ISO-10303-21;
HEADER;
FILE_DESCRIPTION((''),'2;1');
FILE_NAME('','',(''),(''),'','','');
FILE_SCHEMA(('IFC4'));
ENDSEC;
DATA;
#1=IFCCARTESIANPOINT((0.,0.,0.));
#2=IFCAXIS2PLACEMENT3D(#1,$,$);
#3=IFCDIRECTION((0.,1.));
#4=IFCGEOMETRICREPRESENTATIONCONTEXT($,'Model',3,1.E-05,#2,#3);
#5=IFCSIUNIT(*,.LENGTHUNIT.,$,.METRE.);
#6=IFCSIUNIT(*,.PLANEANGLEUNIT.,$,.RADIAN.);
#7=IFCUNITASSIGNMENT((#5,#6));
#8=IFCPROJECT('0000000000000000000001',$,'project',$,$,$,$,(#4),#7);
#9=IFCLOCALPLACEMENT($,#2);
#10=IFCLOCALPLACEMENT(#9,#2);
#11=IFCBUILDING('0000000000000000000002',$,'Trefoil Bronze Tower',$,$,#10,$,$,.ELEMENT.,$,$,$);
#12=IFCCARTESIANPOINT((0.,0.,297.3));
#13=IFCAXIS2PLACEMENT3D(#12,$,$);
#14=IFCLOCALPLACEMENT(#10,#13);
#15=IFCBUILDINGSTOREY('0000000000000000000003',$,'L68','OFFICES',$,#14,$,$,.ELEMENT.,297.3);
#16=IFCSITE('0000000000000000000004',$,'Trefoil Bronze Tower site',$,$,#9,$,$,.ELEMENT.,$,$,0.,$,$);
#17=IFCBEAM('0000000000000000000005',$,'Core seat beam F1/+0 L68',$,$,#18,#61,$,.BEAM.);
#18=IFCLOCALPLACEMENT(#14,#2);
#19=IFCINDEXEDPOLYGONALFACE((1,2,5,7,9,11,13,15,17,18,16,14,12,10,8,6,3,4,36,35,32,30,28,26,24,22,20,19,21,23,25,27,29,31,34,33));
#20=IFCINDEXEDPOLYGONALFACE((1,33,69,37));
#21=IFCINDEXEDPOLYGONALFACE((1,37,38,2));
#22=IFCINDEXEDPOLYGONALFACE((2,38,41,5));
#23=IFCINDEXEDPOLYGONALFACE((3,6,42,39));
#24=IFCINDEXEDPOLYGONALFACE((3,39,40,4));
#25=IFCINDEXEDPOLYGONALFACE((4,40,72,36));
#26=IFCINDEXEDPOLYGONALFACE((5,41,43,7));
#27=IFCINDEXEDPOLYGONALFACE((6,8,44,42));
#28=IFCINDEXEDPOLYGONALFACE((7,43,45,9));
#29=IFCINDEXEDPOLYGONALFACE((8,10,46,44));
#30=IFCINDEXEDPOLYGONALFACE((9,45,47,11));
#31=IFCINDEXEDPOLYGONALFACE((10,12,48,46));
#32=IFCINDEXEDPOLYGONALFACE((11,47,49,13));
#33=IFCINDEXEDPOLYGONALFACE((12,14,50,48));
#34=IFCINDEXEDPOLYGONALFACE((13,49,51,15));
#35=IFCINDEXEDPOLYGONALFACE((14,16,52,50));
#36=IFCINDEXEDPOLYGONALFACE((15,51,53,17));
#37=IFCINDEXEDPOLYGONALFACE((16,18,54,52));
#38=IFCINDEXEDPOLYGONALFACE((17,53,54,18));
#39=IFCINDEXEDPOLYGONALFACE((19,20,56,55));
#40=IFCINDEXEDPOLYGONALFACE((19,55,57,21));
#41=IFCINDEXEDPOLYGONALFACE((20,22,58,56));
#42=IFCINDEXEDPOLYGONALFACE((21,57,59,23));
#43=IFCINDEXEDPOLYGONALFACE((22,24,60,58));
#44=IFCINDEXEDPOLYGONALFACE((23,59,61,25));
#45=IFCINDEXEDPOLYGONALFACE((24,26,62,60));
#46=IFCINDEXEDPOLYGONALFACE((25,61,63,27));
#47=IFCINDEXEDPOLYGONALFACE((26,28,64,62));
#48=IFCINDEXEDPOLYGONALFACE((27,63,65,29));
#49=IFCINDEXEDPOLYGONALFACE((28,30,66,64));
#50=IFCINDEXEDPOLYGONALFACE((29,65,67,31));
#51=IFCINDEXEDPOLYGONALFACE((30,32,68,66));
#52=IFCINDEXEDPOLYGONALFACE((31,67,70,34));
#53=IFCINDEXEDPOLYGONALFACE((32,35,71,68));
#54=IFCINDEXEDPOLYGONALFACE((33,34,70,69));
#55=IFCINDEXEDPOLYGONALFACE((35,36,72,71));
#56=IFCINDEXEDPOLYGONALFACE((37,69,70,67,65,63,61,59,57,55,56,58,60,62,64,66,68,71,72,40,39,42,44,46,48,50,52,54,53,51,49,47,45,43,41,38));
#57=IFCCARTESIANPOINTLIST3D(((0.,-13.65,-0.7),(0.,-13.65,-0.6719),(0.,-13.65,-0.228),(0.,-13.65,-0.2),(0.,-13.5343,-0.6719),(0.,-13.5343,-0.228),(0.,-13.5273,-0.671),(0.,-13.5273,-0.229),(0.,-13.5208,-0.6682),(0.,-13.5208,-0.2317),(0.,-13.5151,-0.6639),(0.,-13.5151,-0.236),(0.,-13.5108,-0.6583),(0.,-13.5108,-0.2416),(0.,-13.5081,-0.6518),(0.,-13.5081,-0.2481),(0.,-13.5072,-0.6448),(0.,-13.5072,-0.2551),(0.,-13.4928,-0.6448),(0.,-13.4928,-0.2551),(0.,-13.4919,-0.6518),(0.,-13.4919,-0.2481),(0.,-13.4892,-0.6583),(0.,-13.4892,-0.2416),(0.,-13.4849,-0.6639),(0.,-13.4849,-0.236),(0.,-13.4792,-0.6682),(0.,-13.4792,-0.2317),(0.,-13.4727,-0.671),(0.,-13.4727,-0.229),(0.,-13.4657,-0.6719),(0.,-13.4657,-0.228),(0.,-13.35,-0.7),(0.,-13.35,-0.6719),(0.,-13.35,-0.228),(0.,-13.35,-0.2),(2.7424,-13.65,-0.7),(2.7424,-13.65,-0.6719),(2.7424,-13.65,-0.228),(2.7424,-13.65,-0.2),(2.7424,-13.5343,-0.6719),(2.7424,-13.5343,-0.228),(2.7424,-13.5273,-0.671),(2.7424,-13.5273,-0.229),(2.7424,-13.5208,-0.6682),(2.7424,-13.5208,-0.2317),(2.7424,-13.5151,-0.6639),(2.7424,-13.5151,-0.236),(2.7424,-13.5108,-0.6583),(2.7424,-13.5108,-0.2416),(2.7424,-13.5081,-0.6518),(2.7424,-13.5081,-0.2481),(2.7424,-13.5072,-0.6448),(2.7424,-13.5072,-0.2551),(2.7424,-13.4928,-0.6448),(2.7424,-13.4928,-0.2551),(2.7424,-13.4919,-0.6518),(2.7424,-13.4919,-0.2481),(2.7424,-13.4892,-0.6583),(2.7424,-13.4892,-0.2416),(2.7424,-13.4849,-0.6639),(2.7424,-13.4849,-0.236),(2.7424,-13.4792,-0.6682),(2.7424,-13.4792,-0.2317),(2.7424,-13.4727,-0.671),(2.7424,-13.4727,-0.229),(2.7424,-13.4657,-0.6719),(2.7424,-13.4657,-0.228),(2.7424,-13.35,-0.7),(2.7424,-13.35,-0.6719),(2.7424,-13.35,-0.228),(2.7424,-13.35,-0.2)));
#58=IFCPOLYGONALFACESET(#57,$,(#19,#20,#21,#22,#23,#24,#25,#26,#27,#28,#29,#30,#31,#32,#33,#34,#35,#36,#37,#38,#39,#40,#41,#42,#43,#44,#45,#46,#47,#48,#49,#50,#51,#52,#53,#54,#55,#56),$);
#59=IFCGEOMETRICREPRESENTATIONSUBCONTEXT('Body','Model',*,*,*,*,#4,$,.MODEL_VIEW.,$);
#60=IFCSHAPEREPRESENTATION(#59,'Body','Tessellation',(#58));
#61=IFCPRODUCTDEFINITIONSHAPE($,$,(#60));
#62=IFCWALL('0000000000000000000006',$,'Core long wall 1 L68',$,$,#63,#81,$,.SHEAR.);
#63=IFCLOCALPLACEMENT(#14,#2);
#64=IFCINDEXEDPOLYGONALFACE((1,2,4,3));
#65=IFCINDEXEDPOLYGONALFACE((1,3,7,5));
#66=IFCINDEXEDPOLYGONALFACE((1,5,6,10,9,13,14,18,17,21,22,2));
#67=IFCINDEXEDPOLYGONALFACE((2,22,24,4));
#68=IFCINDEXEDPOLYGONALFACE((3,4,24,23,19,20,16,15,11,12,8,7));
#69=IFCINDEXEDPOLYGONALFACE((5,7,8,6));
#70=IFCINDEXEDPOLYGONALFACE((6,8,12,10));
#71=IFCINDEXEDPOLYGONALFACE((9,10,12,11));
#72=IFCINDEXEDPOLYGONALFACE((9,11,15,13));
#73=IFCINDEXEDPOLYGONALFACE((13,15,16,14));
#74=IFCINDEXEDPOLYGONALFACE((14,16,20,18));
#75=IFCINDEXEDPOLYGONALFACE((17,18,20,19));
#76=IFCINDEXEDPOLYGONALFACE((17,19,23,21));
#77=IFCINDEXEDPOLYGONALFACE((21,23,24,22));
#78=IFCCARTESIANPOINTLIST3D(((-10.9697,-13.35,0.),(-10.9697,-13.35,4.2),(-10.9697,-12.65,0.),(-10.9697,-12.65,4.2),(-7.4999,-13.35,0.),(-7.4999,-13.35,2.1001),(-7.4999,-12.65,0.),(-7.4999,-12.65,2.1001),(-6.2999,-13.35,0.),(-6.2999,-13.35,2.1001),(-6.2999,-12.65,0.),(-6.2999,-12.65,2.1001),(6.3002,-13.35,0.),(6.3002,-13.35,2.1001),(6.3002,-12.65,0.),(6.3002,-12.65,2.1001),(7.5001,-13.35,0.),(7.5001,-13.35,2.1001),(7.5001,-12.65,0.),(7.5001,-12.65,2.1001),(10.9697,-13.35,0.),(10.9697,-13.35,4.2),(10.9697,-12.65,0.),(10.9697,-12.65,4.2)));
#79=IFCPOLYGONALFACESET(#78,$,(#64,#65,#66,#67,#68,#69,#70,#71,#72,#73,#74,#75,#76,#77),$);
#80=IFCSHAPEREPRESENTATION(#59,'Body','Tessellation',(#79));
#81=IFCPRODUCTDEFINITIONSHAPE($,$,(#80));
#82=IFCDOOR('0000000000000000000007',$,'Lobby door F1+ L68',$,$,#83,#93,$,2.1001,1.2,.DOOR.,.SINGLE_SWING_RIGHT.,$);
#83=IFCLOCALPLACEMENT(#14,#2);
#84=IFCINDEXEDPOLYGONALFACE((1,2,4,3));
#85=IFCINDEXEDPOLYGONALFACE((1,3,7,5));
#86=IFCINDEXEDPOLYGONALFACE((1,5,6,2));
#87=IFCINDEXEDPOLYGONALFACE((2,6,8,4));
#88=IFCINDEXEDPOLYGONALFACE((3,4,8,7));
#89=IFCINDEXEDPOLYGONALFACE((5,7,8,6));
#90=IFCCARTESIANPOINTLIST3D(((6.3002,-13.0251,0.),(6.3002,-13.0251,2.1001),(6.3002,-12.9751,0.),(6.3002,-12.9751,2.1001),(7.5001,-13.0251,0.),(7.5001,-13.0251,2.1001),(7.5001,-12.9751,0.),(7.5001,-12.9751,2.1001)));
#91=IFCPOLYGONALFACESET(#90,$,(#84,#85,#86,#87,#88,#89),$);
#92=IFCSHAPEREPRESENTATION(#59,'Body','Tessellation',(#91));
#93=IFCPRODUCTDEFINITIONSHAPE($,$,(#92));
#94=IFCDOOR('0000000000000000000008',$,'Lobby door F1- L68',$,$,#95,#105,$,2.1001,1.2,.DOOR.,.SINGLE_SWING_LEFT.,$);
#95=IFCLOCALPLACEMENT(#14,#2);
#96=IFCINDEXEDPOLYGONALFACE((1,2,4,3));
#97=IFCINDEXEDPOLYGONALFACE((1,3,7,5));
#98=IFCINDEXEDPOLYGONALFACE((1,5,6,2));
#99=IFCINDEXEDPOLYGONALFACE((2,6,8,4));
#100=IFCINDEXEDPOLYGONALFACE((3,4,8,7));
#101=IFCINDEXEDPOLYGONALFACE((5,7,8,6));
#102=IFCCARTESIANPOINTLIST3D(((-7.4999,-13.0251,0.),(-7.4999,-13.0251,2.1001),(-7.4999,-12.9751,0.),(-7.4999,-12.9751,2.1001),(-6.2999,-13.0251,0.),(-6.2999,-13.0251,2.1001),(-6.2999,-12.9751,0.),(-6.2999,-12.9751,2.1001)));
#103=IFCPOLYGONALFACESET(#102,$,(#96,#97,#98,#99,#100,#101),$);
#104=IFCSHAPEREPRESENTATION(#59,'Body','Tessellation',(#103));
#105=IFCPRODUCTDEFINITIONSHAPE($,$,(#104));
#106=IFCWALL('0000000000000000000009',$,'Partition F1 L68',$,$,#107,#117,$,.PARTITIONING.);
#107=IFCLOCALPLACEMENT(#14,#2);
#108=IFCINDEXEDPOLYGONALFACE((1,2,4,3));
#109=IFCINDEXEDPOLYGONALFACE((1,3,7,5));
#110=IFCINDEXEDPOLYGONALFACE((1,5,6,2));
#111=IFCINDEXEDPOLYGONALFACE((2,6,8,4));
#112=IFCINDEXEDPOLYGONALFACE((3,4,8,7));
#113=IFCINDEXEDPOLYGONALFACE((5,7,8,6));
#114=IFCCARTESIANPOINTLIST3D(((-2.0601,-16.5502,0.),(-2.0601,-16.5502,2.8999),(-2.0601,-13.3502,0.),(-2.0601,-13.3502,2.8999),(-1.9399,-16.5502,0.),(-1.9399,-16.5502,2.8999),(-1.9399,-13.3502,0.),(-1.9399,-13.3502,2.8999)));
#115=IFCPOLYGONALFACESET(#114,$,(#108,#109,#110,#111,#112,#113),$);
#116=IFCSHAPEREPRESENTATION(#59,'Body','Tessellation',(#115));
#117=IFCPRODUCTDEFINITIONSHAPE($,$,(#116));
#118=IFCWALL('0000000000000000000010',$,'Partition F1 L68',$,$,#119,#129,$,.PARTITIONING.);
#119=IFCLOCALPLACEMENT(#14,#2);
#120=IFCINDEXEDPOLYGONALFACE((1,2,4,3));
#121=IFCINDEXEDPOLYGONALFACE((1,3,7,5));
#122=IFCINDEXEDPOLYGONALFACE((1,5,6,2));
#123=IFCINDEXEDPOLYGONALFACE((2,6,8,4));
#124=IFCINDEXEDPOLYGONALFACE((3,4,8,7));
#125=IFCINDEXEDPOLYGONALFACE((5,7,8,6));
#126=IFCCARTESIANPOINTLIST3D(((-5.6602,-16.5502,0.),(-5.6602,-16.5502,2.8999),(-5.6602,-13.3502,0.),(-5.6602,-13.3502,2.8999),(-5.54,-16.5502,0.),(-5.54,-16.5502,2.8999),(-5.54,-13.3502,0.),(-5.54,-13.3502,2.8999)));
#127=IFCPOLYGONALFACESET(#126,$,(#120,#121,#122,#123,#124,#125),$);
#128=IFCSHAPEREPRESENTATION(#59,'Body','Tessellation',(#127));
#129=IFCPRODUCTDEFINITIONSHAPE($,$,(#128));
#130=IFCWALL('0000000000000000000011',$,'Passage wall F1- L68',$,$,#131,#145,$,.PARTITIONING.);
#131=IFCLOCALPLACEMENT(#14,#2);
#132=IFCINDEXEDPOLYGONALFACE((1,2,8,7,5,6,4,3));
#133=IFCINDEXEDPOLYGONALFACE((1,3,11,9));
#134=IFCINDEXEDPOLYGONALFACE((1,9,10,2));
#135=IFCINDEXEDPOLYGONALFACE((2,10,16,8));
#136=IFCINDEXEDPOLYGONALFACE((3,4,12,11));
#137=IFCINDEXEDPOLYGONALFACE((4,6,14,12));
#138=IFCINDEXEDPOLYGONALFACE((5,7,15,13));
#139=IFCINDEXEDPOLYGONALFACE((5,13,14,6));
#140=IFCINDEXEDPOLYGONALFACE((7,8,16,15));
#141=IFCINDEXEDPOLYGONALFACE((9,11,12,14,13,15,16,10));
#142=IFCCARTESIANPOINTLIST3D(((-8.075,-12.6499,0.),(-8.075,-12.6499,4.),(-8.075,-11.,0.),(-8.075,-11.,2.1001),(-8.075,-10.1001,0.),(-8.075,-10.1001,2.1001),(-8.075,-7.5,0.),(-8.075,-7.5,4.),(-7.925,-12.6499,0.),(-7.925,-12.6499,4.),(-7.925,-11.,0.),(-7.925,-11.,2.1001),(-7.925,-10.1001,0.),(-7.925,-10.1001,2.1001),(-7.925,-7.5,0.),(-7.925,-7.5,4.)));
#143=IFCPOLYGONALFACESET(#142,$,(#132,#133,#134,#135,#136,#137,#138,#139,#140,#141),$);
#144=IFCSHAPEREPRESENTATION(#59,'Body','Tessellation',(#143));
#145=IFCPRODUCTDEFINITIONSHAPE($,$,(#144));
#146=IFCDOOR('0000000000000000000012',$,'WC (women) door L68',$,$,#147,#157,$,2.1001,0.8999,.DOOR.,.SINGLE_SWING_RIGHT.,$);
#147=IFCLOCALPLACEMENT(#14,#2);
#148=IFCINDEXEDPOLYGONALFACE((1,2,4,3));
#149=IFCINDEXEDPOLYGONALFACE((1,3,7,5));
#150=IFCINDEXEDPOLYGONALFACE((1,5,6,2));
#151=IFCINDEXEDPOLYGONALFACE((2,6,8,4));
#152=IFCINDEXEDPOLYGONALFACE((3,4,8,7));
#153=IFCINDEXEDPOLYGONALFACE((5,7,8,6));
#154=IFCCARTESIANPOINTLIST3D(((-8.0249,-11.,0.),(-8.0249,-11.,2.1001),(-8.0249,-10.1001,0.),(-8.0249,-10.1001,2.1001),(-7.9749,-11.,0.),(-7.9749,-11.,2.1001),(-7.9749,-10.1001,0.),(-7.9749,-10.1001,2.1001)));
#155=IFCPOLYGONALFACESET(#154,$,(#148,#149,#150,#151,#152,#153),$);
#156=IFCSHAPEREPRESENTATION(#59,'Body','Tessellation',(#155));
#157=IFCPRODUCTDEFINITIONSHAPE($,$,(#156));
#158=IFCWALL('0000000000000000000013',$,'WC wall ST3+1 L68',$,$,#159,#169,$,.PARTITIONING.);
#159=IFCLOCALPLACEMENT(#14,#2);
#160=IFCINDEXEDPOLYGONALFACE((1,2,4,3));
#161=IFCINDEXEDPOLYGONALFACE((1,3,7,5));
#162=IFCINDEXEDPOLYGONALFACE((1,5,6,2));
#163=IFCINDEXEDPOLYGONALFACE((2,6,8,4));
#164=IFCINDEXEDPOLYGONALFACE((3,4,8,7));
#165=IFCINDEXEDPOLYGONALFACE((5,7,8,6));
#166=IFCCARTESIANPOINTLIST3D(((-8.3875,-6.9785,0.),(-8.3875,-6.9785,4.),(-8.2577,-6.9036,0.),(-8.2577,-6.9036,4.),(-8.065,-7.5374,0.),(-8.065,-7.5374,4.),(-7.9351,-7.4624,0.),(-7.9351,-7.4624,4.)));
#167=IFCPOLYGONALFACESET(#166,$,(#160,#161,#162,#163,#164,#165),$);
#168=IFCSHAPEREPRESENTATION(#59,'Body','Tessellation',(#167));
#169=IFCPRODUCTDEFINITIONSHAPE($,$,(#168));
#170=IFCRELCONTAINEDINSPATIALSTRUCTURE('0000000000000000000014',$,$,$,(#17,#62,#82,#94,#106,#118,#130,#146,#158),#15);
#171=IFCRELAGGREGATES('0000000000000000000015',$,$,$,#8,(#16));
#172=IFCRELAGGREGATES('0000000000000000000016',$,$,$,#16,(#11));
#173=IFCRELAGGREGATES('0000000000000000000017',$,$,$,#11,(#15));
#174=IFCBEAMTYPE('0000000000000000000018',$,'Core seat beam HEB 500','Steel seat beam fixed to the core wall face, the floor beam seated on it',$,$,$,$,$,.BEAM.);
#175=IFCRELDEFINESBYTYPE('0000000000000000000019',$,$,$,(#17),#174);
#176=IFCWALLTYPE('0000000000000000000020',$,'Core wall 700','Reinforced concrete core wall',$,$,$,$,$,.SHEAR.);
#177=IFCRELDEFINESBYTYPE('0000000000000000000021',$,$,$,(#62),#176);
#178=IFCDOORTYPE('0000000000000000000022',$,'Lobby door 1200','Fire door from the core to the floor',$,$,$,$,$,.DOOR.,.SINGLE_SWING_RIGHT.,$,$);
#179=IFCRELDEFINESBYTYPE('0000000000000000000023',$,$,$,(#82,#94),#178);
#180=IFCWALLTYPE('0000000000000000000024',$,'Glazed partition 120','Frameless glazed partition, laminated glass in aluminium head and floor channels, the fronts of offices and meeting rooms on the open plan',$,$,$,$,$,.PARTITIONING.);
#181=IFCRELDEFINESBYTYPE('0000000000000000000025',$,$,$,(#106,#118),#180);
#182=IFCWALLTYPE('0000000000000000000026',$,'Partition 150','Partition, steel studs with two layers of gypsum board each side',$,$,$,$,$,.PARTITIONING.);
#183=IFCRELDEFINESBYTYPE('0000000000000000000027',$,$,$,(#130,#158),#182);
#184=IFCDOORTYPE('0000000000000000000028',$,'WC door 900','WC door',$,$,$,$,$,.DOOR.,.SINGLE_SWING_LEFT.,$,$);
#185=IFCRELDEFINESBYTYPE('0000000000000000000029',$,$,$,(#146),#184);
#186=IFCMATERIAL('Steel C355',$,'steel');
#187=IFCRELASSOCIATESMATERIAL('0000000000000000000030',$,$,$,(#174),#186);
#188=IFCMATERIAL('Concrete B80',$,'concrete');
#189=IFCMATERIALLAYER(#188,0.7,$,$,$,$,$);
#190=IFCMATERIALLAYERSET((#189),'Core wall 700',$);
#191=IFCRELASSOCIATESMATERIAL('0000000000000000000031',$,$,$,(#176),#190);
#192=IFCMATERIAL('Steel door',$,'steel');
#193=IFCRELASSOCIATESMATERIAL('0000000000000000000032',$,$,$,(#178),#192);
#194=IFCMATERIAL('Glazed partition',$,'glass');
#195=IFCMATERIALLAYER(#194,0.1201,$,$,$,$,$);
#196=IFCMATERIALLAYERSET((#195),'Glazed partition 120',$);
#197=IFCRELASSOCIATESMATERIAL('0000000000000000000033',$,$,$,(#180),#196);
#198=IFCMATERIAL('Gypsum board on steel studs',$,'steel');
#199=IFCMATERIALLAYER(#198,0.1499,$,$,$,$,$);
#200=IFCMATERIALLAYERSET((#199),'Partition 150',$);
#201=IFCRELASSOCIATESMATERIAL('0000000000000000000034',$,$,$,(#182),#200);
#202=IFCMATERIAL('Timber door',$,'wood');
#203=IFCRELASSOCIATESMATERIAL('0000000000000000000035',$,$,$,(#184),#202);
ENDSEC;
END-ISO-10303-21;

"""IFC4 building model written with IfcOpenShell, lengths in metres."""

from ifc_helpers import new_model, si_unit, direction, frame, frame_2d, origin, origin_2d, place, context, subcontext, project, spatial, rectangle, i_section, extrude, material, layer, layer_set, material_profile, profile_set, type_object, element, fill, save


model = new_model("IFC4")

# Units and contexts
model_context = context("Model", 3, precision=1e-05, world=origin(), true_north=direction((0.0, 1.0)))
body_context = subcontext(model_context, "Body", "Model", "MODEL_VIEW")
ifc_project = project(units=[si_unit("LENGTHUNIT", "METRE"), si_unit("PLANEANGLEUNIT", "RADIAN")], contexts=[model_context])

# Site, building, storey
site_placement = place(None, origin())
site = spatial("IfcSite", under=ifc_project, at=site_placement, Name="Trefoil Bronze Tower site", CompositionType="ELEMENT", RefElevation=0.0)
building_placement = place(site_placement, origin())
building = spatial("IfcBuilding", under=site, at=building_placement, Name="Trefoil Bronze Tower", CompositionType="ELEMENT")
storey_placement = place(building_placement, frame((0.0, 0.0, 297.3)))
storey = spatial("IfcBuildingStorey", under=building, at=storey_placement, Name="L68", Description="OFFICES", CompositionType="ELEMENT", Elevation=297.3)

# Beam
ifc_material_1 = material(Name="Steel C355", Category="steel")
ifc_material_profile = material_profile(ifc_material_1, i_section(OverallWidth=0.3, OverallDepth=0.5, WebThickness=0.0144, FlangeThickness=0.0281, FilletRadius=0.0271, at=origin_2d()), Name="HEB 500")
ifc_profile_set = profile_set([ifc_material_profile], Name="Steel C355")
beam_type = type_object("IfcBeamType", Name="Core seat beam HEB 500", Description="Steel seat beam fixed to the core wall face, the floor beam seated on it", PredefinedType="BEAM", material=ifc_profile_set)
beam_placement = place(storey_placement, frame((0.0, -13.5, -0.45), z_axis=(1.0, 0.0, 0.0), x_axis=(0.0, 1.0, 0.0)))
element("IfcBeam", 1, at=beam_placement, inside=storey, type_object=beam_type, Name="Core seat beam F1/+0 L68", PredefinedType="BEAM", context=body_context, shape_type="SweptSolid", body=[
    extrude(i_section(OverallWidth=0.3, OverallDepth=0.5, WebThickness=0.0144, FlangeThickness=0.0281, FilletRadius=0.0271, at=origin_2d()), origin(), (0.0, 0.0, 1.0), 2.7424),
])

# Wall, openings, doors
ifc_material_2 = material(Name="Concrete B80", Category="concrete")
ifc_layer_1 = layer(ifc_material_2, 0.7)
ifc_layer_set_1 = layer_set([ifc_layer_1], Name="Core wall 700")
wall_type_1 = type_object("IfcWallType", Name="Core wall 700", Description="Reinforced concrete core wall", PredefinedType="SHEAR", material=ifc_layer_set_1)
wall_1_placement = place(storey_placement, frame((-10.9697, -13.0, 0.0), z_axis=(0.0, 0.0, 1.0), x_axis=(1.0, 0.0, 0.0)))
wall_1 = element("IfcWall", 2, at=wall_1_placement, inside=storey, type_object=wall_type_1, Name="Core long wall 1 L68", PredefinedType="SHEAR", context=body_context, shape_type="SweptSolid", body=[
    extrude(rectangle(XDim=21.9395, YDim=0.7, at=frame_2d((10.9697, 0.0))), origin(), (0.0, 0.0, 1.0), 4.2),
])
opening_1_placement = place(wall_1_placement, frame((17.2698, 0.0, 0.0)))
opening_1 = element("IfcOpeningElement", 3, at=opening_1_placement, cuts=wall_1, PredefinedType="OPENING", context=body_context, shape_type="SweptSolid", body=[
    extrude(rectangle(XDim=1.2, YDim=2.1001, at=frame_2d((0.6001, 1.05))), frame((0.0, 0.3599, 0.0), z_axis=(0.0, -1.0, 0.0), x_axis=(1.0, 0.0, 0.0)), (0.0, 0.0, 1.0), 0.72),
])
opening_2_placement = place(wall_1_placement, frame((3.4697, 0.0, 0.0)))
opening_2 = element("IfcOpeningElement", 4, at=opening_2_placement, cuts=wall_1, PredefinedType="OPENING", context=body_context, shape_type="SweptSolid", body=[
    extrude(rectangle(XDim=1.2, YDim=2.1001, at=frame_2d((0.6001, 1.05))), frame((0.0, 0.3599, 0.0), z_axis=(0.0, -1.0, 0.0), x_axis=(1.0, 0.0, 0.0)), (0.0, 0.0, 1.0), 0.72),
])
ifc_material_3 = material(Name="Steel door", Category="steel")
door_type_1 = type_object("IfcDoorType", Name="Lobby door 1200", Description="Fire door from the core to the floor", OperationType="SINGLE_SWING_RIGHT", PredefinedType="DOOR", material=ifc_material_3)
door_1_placement = place(opening_1_placement, origin())
door_1 = element("IfcDoor", 5, at=door_1_placement, inside=storey, type_object=door_type_1, Name="Lobby door F1+ L68", OperationType="SINGLE_SWING_RIGHT", OverallHeight=2.1001, OverallWidth=1.2, PredefinedType="DOOR", context=body_context, shape_type="SweptSolid", body=[
    extrude(rectangle(XDim=1.2, YDim=2.1001, at=frame_2d((0.6001, 1.05))), frame((0.0, 0.0249, 0.0), z_axis=(0.0, -1.0, 0.0), x_axis=(1.0, 0.0, 0.0)), (0.0, 0.0, 1.0), 0.05),
])
fill(opening_1, door_1)
door_2_placement = place(opening_2_placement, origin())
door_2 = element("IfcDoor", 6, at=door_2_placement, inside=storey, type_object=door_type_1, Name="Lobby door F1- L68", OperationType="SINGLE_SWING_LEFT", OverallHeight=2.1001, OverallWidth=1.2, PredefinedType="DOOR", context=body_context, shape_type="SweptSolid", body=[
    extrude(rectangle(XDim=1.2, YDim=2.1001, at=frame_2d((0.6001, 1.05))), frame((0.0, 0.0249, 0.0), z_axis=(0.0, -1.0, 0.0), x_axis=(1.0, 0.0, 0.0)), (0.0, 0.0, 1.0), 0.05),
])
fill(opening_2, door_2)

# Walls
ifc_material_4 = material(Name="Glazed partition", Category="glass")
ifc_layer_2 = layer(ifc_material_4, 0.1201)
ifc_layer_set_2 = layer_set([ifc_layer_2], Name="Glazed partition 120")
wall_type_2 = type_object("IfcWallType", Name="Glazed partition 120", Description="Frameless glazed partition, laminated glass in aluminium head and floor channels, the fronts of offices and meeting rooms on the open plan", PredefinedType="PARTITIONING", material=ifc_layer_set_2)
for number, where, z_axis, x_axis, name in (
    (7, (-2.0, -13.3501, 0.0), (0.0, 0.0, 1.0), (0.0, -1.0, 0.0), "Partition F1 L68"),
    (8, (-5.6001, -13.3501, 0.0), (0.0, 0.0, 1.0), (0.0, -1.0, 0.0), "Partition F1 L68"),
):
    element("IfcWall", number, at=place(storey_placement, frame(where, z_axis=z_axis, x_axis=x_axis)), inside=storey, type_object=wall_type_2, Name=name, PredefinedType="PARTITIONING", context=body_context, shape_type="SweptSolid", body=[
        extrude(rectangle(XDim=3.2, YDim=0.1201, at=frame_2d((1.6001, 0.0))), origin(), (0.0, 0.0, 1.0), 2.8999),
    ])

# Wall, opening, door
ifc_material_5 = material(Name="Gypsum board on steel studs", Category="steel")
ifc_layer_3 = layer(ifc_material_5, 0.1499)
ifc_layer_set_3 = layer_set([ifc_layer_3], Name="Partition 150")
wall_type_3 = type_object("IfcWallType", Name="Partition 150", Description="Partition, steel studs with two layers of gypsum board each side", PredefinedType="PARTITIONING", material=ifc_layer_set_3)
wall_2_placement = place(storey_placement, frame((-8.0, -7.5, 0.0), z_axis=(0.0, 0.0, 1.0), x_axis=(0.0, -1.0, 0.0)))
wall_2 = element("IfcWall", 9, at=wall_2_placement, inside=storey, type_object=wall_type_3, Name="Passage wall F1- L68", PredefinedType="PARTITIONING", context=body_context, shape_type="SweptSolid", body=[
    extrude(rectangle(XDim=5.1499, YDim=0.1499, at=frame_2d((2.575, 0.0))), origin(), (0.0, 0.0, 1.0), 4.0),
])
opening_3_placement = place(wall_2_placement, frame((2.6001, 0.0, 0.0)))
opening_3 = element("IfcOpeningElement", 10, at=opening_3_placement, cuts=wall_2, PredefinedType="OPENING", context=body_context, shape_type="SweptSolid", body=[
    extrude(rectangle(XDim=0.8999, YDim=2.1001, at=frame_2d((0.45, 1.05))), frame((0.0, 0.085, 0.0), z_axis=(0.0, -1.0, 0.0), x_axis=(1.0, 0.0, 0.0)), (0.0, 0.0, 1.0), 0.1699),
])
ifc_material_6 = material(Name="Timber door", Category="wood")
door_type_2 = type_object("IfcDoorType", Name="WC door 900", Description="WC door", OperationType="SINGLE_SWING_LEFT", PredefinedType="DOOR", material=ifc_material_6)
door_3_placement = place(opening_3_placement, frame((0.8999, 0.0, 0.0), z_axis=(0.0, 0.0, 1.0), x_axis=(-1.0, 0.0, 0.0)))
door_3 = element("IfcDoor", 11, at=door_3_placement, inside=storey, type_object=door_type_2, Name="WC (women) door L68", OperationType="SINGLE_SWING_RIGHT", OverallHeight=2.1001, OverallWidth=0.8999, PredefinedType="DOOR", context=body_context, shape_type="SweptSolid", body=[
    extrude(rectangle(XDim=0.8999, YDim=2.1001, at=frame_2d((0.45, 1.05))), frame((0.0, 0.0249, 0.0), z_axis=(0.0, -1.0, 0.0), x_axis=(1.0, 0.0, 0.0)), (0.0, 0.0, 1.0), 0.05),
])
fill(opening_3, door_3)

# Wall
wall_3_placement = place(storey_placement, frame((-8.0, -7.5, 0.0), z_axis=(0.0, 0.0, 1.0), x_axis=(-0.499843, 0.866116, 0.0)))
element("IfcWall", 12, at=wall_3_placement, inside=storey, type_object=wall_type_3, Name="WC wall ST3+1 L68", PredefinedType="PARTITIONING", context=body_context, shape_type="SweptSolid", body=[
    extrude(rectangle(XDim=0.6453, YDim=0.1499, at=frame_2d((0.3228, 0.0))), origin(), (0.0, 0.0, 1.0), 4.0),
])

save(model, "model.ifc")
